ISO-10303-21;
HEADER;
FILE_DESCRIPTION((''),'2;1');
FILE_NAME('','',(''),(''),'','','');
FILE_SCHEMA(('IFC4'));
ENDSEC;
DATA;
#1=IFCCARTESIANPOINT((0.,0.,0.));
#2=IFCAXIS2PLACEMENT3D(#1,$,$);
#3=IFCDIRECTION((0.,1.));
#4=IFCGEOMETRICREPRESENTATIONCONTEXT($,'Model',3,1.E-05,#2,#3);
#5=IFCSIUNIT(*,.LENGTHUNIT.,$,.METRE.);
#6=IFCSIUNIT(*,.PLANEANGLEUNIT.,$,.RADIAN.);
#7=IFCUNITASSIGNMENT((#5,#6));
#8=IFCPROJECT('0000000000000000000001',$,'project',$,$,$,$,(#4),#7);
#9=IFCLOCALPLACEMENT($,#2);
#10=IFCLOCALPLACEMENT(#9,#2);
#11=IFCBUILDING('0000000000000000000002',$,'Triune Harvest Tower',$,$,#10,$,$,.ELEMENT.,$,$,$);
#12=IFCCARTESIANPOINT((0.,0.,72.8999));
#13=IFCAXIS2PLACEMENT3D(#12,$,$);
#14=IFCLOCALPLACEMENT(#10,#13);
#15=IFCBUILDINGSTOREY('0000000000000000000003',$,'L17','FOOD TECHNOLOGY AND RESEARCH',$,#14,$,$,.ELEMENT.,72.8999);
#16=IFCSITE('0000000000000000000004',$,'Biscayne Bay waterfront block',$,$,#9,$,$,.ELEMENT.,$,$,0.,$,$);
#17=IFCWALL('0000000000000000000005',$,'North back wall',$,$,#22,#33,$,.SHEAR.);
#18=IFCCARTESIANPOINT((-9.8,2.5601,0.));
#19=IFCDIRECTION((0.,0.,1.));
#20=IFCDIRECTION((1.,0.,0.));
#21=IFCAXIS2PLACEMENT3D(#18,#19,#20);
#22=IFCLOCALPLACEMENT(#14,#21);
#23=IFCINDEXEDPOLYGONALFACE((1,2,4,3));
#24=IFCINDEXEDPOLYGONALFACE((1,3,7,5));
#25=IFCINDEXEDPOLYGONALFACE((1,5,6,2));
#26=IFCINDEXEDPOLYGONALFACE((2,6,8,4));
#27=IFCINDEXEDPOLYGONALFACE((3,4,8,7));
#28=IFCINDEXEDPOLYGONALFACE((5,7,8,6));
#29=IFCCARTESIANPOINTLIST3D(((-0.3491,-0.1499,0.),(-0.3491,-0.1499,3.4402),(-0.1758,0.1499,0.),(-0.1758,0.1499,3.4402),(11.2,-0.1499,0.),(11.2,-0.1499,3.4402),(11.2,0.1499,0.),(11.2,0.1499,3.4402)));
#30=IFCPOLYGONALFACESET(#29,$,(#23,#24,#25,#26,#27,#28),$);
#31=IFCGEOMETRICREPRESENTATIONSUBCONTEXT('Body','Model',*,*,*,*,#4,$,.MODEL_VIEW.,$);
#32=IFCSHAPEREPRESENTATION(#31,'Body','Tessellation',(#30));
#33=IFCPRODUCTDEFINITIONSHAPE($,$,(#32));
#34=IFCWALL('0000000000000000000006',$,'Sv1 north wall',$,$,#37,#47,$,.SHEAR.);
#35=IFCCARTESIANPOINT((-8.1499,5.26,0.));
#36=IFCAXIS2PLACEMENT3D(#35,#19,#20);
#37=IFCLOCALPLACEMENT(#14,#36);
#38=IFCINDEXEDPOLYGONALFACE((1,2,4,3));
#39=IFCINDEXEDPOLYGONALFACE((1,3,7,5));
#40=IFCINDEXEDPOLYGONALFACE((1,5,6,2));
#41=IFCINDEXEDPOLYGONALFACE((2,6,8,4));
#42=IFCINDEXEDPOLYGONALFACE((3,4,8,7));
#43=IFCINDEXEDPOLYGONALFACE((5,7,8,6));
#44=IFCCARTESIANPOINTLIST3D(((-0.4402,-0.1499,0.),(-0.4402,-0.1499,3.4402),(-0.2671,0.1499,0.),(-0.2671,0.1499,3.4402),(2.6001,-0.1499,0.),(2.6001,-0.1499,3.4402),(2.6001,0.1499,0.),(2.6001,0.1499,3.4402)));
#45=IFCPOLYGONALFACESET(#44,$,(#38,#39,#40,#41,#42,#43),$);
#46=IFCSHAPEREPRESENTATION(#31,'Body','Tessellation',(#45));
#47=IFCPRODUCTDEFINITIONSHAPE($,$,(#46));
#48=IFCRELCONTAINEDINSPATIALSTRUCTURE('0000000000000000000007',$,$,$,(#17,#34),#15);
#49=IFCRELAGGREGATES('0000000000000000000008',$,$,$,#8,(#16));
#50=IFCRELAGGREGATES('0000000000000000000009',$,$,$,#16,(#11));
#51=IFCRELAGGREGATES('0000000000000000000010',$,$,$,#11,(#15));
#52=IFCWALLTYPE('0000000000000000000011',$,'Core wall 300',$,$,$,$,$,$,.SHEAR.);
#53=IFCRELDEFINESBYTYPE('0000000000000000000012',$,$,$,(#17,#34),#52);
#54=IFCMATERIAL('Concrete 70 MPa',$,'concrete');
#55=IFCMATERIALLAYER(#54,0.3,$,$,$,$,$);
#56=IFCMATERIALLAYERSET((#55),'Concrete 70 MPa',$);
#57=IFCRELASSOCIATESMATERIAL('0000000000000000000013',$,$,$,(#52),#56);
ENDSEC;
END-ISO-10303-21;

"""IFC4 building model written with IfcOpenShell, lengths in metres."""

from ifc_helpers import new_model, si_unit, direction, frame, origin, place, context, subcontext, project, spatial, polyline, outline, extrude, source, transform, mapped, material, layer, layer_set, type_object, element, save


model = new_model("IFC4")

# Units and contexts
model_context = context("Model", 3, precision=1e-05, world=origin(), true_north=direction((0.0, 1.0)))
body_context = subcontext(model_context, "Body", "Model", "MODEL_VIEW")
ifc_project = project(units=[si_unit("LENGTHUNIT", "METRE"), si_unit("PLANEANGLEUNIT", "RADIAN")], contexts=[model_context])

# Site, building, storey
site_placement = place(None, origin())
site = spatial("IfcSite", under=ifc_project, at=site_placement, Name="Biscayne Bay waterfront block", CompositionType="ELEMENT", RefElevation=0.0)
building_placement = place(site_placement, origin())
building = spatial("IfcBuilding", under=site, at=building_placement, Name="Triune Harvest Tower", CompositionType="ELEMENT")
storey_placement = place(building_placement, frame((0.0, 0.0, 72.8999)))
storey = spatial("IfcBuildingStorey", under=building, at=storey_placement, Name="L17", Description="FOOD TECHNOLOGY AND RESEARCH", CompositionType="ELEMENT", Elevation=72.8999)

# Wall
ifc_material_1 = material(Name="Concrete 70 MPa", Category="concrete")
ifc_layer_1 = layer(ifc_material_1, 0.3)
ifc_layer_set_1 = layer_set([ifc_layer_1], Name="Concrete 70 MPa")
wall_type_1 = type_object("IfcWallType", Name="Core wall 300", PredefinedType="SHEAR", material=ifc_layer_set_1)
shared_shape_1 = source(origin(), body_context, "Body", "SweptSolid", [
    extrude(outline(polyline([(11.2, -0.1499), (-0.3491, -0.1499), (-0.1758, 0.1499), (11.2, 0.1499), (11.2, -0.1499)])), origin(), (0.0, 0.0, 1.0), 3.4402),
])
wall_1_placement = place(storey_placement, frame((-9.8, 2.5601, 0.0), z_axis=(0.0, 0.0, 1.0), x_axis=(1.0, 0.0, 0.0)))
element("IfcWall", 1, at=wall_1_placement, inside=storey, type_object=wall_type_1, Name="North back wall", PredefinedType="SHEAR", context=body_context, shape_type="MappedRepresentation", body=[
    mapped(shared_shape_1, transform((0.0, 0.0, 0.0), scale=1.0)),
])

# Wall
shared_shape_2 = source(origin(), body_context, "Body", "SweptSolid", [
    extrude(outline(polyline([(2.6001, -0.1499), (-0.4402, -0.1499), (-0.2671, 0.1499), (2.6001, 0.1499), (2.6001, -0.1499)])), origin(), (0.0, 0.0, 1.0), 3.4402),
])
wall_2_placement = place(storey_placement, frame((-8.1499, 5.26, 0.0), z_axis=(0.0, 0.0, 1.0), x_axis=(1.0, 0.0, 0.0)))
element("IfcWall", 2, at=wall_2_placement, inside=storey, type_object=wall_type_1, Name="Sv1 north wall", PredefinedType="SHEAR", context=body_context, shape_type="MappedRepresentation", body=[
    mapped(shared_shape_2, transform((0.0, 0.0, 0.0), scale=1.0)),
])

save(model, "model.ifc")
